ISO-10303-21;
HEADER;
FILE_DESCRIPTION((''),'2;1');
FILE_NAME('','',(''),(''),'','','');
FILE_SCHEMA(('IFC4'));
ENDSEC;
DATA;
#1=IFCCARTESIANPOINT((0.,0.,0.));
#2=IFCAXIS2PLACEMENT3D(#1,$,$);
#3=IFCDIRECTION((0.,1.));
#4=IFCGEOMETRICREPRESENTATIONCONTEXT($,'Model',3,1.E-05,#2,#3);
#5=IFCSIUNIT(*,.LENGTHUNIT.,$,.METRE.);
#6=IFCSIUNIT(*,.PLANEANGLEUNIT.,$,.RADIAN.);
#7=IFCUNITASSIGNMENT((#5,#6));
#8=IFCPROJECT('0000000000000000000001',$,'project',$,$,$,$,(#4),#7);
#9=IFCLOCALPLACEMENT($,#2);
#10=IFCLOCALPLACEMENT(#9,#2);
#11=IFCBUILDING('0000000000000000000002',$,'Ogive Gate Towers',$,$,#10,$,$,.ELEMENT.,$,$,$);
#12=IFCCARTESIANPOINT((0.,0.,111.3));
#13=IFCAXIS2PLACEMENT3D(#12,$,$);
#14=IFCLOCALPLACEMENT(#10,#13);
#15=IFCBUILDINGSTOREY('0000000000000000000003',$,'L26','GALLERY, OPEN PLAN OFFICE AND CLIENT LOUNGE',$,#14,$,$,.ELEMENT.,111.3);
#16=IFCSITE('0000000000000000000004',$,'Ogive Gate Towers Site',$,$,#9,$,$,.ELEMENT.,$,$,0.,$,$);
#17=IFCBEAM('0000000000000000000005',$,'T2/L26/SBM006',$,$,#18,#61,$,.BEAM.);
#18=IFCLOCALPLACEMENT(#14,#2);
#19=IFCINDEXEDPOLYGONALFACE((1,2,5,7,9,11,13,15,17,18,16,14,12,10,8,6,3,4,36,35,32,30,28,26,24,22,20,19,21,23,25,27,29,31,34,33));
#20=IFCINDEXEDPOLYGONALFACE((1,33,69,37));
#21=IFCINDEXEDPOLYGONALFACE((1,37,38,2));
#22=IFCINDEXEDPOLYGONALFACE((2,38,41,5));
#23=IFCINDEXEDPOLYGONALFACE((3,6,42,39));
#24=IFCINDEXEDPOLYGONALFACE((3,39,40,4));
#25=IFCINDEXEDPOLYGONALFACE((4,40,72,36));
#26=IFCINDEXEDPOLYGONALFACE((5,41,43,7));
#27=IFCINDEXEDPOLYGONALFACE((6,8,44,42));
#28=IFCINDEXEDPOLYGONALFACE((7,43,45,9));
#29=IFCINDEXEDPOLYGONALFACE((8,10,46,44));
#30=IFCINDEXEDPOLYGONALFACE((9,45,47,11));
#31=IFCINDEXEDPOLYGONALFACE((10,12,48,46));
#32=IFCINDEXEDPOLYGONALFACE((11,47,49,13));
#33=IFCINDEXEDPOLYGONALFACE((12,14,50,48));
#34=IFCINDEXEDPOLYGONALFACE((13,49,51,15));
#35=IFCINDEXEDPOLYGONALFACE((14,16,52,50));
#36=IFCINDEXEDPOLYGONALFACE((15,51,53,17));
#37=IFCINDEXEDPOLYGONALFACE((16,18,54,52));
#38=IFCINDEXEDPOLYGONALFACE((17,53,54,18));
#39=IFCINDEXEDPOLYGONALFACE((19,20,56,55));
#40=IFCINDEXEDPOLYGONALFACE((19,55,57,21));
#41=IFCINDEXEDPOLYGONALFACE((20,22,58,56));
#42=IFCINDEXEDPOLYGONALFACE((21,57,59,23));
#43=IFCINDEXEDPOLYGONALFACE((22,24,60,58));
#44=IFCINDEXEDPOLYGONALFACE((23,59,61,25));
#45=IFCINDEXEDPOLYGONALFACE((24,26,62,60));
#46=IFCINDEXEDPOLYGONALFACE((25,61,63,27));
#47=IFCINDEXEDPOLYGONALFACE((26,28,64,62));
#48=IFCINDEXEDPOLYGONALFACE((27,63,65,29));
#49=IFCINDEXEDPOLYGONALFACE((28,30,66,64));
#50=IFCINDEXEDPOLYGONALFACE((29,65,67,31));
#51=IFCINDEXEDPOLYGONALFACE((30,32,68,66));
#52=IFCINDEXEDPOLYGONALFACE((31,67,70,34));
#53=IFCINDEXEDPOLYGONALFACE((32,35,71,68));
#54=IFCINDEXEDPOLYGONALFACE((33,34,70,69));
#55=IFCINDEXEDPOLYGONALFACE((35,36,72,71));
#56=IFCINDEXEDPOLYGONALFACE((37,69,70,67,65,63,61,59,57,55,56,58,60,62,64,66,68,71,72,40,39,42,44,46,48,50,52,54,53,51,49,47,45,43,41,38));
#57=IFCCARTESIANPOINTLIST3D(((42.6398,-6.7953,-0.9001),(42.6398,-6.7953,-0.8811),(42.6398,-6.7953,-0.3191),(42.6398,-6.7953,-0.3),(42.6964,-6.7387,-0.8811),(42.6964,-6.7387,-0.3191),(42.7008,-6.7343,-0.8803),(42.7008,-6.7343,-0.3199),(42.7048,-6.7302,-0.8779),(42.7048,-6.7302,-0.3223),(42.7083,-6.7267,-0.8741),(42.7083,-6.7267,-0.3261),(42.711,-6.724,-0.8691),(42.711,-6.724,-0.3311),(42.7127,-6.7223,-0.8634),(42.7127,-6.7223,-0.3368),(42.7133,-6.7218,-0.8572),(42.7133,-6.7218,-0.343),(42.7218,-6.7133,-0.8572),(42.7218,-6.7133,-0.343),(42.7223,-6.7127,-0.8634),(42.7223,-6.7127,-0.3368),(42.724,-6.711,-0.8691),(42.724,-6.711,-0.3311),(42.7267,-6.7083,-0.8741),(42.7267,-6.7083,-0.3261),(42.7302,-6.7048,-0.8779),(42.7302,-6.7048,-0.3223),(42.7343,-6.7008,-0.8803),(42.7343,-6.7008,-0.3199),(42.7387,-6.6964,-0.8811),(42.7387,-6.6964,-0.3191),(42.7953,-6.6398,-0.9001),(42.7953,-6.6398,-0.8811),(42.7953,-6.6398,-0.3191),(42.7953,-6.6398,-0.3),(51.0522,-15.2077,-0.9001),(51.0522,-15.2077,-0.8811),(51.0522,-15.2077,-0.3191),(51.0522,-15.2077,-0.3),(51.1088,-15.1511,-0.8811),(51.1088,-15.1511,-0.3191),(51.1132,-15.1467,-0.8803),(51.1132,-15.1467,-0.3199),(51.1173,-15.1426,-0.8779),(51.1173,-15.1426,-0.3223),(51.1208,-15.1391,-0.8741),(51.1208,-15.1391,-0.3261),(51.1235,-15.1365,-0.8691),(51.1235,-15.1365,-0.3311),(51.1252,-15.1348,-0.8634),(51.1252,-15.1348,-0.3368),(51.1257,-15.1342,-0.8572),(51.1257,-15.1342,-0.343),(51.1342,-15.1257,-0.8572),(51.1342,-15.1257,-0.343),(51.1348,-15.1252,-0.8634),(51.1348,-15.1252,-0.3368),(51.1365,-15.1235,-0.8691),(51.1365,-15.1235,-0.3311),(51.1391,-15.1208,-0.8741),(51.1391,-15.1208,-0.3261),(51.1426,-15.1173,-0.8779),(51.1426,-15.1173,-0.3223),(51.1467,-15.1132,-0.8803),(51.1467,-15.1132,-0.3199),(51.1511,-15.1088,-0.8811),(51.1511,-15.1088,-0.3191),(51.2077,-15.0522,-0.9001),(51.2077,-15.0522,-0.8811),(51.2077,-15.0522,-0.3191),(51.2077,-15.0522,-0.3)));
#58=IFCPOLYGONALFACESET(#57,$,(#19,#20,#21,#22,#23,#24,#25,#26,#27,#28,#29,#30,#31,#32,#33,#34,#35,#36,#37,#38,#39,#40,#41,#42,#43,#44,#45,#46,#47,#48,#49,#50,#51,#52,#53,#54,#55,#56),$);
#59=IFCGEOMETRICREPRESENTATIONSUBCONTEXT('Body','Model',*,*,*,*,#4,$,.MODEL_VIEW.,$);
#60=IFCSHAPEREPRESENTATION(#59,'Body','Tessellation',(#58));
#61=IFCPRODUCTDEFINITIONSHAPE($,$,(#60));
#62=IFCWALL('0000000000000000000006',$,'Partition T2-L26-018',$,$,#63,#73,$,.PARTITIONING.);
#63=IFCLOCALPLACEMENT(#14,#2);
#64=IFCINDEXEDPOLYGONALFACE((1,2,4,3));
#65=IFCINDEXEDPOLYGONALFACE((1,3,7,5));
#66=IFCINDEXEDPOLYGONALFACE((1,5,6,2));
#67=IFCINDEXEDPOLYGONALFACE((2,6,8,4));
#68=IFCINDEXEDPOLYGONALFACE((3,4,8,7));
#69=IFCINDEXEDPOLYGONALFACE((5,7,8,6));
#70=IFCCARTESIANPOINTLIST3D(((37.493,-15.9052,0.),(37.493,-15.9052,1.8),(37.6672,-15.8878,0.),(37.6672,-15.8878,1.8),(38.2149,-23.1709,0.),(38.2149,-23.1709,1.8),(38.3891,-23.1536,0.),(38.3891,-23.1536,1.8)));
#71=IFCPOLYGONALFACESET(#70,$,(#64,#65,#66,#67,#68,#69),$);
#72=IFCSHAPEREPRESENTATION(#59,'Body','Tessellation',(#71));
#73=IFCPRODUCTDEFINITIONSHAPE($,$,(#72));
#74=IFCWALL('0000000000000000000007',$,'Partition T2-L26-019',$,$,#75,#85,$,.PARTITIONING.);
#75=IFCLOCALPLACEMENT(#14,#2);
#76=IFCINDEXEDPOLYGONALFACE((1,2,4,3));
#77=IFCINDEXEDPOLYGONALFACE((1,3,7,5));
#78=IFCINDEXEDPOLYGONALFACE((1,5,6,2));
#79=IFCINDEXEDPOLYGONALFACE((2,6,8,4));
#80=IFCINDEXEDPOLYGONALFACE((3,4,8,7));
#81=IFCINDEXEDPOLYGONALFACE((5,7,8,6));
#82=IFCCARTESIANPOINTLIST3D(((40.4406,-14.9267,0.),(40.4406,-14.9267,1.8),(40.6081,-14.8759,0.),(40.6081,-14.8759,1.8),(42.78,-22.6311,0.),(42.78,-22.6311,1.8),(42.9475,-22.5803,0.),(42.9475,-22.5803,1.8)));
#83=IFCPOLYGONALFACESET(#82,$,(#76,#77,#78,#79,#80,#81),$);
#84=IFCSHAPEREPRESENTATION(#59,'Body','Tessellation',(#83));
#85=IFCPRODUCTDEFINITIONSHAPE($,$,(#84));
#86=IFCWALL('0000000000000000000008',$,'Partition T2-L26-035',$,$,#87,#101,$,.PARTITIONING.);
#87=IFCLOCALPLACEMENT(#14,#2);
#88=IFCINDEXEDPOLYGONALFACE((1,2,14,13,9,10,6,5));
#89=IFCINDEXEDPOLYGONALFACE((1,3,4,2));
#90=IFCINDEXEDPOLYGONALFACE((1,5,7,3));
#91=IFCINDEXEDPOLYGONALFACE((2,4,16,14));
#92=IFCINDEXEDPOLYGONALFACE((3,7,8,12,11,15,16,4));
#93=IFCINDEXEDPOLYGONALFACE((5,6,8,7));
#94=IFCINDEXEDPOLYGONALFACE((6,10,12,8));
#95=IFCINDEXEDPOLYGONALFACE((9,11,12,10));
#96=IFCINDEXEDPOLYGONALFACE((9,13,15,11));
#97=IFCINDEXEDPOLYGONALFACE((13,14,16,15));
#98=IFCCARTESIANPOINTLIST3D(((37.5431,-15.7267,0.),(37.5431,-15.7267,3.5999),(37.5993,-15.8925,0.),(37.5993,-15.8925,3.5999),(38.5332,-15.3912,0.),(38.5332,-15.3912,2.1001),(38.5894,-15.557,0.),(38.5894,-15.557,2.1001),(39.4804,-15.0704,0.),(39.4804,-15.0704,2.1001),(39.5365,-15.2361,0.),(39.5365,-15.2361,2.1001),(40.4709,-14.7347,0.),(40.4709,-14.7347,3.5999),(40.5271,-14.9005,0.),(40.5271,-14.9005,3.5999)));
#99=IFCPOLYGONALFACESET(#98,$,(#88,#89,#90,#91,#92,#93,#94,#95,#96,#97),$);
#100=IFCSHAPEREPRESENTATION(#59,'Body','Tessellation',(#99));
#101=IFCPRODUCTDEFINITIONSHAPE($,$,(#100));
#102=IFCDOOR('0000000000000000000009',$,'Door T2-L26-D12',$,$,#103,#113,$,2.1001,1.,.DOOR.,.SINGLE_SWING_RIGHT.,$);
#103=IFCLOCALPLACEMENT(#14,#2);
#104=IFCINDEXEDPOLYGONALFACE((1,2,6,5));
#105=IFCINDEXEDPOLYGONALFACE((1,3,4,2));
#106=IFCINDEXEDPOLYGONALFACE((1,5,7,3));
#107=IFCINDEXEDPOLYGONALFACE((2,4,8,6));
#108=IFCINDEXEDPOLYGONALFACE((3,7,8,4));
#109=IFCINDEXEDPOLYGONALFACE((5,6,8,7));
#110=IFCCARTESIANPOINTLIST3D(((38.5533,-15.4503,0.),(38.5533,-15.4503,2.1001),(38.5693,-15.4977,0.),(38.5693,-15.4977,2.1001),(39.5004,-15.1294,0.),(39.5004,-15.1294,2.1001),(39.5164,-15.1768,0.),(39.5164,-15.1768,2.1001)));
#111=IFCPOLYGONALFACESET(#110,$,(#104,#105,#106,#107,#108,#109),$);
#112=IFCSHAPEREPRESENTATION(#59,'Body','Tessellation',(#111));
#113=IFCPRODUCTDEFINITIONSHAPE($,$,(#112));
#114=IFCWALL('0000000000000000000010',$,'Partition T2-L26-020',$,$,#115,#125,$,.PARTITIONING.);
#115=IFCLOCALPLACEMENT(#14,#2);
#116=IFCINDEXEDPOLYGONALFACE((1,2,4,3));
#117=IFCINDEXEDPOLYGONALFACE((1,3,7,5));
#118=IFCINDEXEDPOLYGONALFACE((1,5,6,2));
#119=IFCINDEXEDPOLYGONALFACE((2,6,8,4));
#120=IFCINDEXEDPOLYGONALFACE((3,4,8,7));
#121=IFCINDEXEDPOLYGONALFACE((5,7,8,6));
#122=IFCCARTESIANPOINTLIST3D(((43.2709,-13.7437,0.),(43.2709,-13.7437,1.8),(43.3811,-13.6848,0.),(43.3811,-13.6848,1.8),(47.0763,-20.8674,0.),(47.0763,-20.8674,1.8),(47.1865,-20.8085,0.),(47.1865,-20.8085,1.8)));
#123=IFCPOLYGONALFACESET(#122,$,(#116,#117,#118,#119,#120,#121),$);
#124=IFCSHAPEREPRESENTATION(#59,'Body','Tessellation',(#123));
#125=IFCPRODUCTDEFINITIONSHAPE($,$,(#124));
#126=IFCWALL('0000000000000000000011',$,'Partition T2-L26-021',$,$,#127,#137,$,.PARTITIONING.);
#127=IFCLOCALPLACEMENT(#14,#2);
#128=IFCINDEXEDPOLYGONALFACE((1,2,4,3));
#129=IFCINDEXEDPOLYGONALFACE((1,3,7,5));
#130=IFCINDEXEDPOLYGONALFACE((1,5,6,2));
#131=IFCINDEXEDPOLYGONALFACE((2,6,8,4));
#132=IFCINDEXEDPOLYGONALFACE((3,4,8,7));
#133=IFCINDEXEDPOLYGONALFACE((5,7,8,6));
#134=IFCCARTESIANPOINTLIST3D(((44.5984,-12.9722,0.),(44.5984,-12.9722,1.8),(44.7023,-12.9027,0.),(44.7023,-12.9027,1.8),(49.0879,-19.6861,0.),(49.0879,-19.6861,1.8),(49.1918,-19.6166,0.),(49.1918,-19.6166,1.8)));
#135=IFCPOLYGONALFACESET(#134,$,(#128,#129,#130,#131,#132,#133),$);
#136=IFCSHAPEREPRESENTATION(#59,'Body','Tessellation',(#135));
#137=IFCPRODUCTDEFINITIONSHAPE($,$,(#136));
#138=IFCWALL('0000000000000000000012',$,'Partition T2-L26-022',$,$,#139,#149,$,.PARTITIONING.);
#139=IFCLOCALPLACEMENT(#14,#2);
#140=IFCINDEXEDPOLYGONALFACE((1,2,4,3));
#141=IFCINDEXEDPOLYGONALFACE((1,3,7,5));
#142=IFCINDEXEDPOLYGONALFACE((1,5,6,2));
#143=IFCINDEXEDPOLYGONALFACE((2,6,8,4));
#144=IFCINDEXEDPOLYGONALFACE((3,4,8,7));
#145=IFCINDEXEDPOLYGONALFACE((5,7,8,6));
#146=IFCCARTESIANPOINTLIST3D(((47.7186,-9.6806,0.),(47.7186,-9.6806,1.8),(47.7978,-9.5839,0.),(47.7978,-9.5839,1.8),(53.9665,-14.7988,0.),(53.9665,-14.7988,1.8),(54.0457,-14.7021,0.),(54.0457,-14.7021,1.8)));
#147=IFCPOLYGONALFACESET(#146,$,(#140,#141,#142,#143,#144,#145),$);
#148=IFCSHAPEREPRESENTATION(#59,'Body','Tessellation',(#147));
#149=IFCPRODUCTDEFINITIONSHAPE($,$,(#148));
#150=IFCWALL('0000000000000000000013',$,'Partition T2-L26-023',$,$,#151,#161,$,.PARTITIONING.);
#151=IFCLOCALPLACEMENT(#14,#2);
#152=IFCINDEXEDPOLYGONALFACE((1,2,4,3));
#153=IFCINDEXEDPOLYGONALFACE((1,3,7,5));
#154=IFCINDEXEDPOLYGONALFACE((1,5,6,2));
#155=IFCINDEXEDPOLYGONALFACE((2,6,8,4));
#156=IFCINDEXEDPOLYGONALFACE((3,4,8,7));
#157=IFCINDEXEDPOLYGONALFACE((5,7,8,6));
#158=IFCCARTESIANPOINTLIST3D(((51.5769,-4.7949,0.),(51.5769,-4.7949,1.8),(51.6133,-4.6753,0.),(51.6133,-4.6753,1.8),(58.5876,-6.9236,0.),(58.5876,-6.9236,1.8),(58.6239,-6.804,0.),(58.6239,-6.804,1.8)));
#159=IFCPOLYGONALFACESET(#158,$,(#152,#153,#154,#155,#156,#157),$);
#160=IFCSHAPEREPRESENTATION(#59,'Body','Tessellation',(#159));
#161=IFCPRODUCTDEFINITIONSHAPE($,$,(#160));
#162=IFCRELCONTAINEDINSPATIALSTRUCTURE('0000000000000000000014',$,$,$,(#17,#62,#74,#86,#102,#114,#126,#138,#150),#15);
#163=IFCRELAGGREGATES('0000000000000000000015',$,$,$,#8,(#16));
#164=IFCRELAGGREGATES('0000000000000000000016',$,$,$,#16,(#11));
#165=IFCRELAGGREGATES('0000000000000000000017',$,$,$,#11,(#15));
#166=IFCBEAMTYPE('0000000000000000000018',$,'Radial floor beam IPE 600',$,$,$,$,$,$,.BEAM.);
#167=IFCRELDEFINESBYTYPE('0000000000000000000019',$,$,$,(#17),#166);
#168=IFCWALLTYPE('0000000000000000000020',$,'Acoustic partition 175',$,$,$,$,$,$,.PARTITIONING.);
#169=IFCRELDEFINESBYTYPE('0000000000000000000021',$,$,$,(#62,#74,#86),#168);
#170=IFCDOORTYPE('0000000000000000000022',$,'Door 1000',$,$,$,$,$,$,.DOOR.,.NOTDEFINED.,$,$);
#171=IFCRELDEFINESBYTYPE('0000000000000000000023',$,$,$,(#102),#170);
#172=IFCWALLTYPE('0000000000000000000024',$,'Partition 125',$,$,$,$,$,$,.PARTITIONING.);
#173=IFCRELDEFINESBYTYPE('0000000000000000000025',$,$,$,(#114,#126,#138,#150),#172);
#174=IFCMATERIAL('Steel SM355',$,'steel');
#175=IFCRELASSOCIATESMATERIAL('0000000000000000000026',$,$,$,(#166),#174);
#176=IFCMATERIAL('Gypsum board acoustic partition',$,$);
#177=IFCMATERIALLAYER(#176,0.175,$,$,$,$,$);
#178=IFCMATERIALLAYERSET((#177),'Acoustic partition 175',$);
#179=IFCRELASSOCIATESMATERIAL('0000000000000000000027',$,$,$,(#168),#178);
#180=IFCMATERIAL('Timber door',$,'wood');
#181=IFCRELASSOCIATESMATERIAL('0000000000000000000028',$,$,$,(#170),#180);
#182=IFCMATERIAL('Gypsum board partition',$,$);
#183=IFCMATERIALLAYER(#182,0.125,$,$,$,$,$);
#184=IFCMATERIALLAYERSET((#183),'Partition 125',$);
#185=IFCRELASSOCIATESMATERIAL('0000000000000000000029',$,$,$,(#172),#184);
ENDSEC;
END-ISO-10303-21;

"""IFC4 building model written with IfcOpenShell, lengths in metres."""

from ifc_helpers import new_model, si_unit, direction, frame, frame_2d, origin, origin_2d, place, context, subcontext, project, spatial, rectangle, i_section, extrude, material, layer, layer_set, material_profile, profile_set, type_object, element, fill, save


model = new_model("IFC4")

# Units and contexts
model_context = context("Model", 3, precision=1e-05, world=origin(), true_north=direction((0.0, 1.0)))
body_context = subcontext(model_context, "Body", "Model", "MODEL_VIEW")
ifc_project = project(units=[si_unit("LENGTHUNIT", "METRE"), si_unit("PLANEANGLEUNIT", "RADIAN")], contexts=[model_context])

# Site, building, storey
site_placement = place(None, origin())
site = spatial("IfcSite", under=ifc_project, at=site_placement, Name="Ogive Gate Towers Site", CompositionType="ELEMENT", RefElevation=0.0)
building_placement = place(site_placement, origin())
building = spatial("IfcBuilding", under=site, at=building_placement, Name="Ogive Gate Towers", CompositionType="ELEMENT")
storey_placement = place(building_placement, frame((0.0, 0.0, 111.3)))
storey = spatial("IfcBuildingStorey", under=building, at=storey_placement, Name="L26", Description="GALLERY, OPEN PLAN OFFICE AND CLIENT LOUNGE", CompositionType="ELEMENT", Elevation=111.3)

# Beam
ifc_material_1 = material(Name="Steel SM355", Category="steel")
ifc_material_profile_1 = material_profile(ifc_material_1, i_section(OverallWidth=0.22, OverallDepth=0.6001, WebThickness=0.012, FlangeThickness=0.019, FilletRadius=0.0239, at=origin_2d()), Name="IPE 600")
ifc_profile_set_1 = profile_set([ifc_material_profile_1], Name="Steel SM355")
beam_type_1 = type_object("IfcBeamType", Name="Radial floor beam IPE 600", PredefinedType="BEAM", material=ifc_profile_set_1)
beam_1_placement = place(storey_placement, frame((42.7175, -6.7175, -0.6001), z_axis=(0.707107, -0.707107, 0.0), x_axis=(0.707107, 0.707107, 0.0)))
element("IfcBeam", 1, at=beam_1_placement, inside=storey, type_object=beam_type_1, Name="T2/L26/SBM006", PredefinedType="BEAM", context=body_context, shape_type="SweptSolid", body=[
    extrude(i_section(OverallWidth=0.22, OverallDepth=0.6001, WebThickness=0.012, FlangeThickness=0.019, FilletRadius=0.0239, at=origin_2d()), origin(), (0.0, 0.0, 1.0), 11.897),
])

# Walls
ifc_material_2 = material(Name="Gypsum board acoustic partition")
ifc_layer_1 = layer(ifc_material_2, 0.175)
ifc_layer_set_1 = layer_set([ifc_layer_1], Name="Acoustic partition 175")
wall_type_1 = type_object("IfcWallType", Name="Acoustic partition 175", PredefinedType="PARTITIONING", material=ifc_layer_set_1)
wall_1_placement = place(storey_placement, frame((38.302, -23.1624, 0.0), z_axis=(0.0, 0.0, 1.0), x_axis=(-0.098875, 0.9951, 0.0)))
element("IfcWall", 2, at=wall_1_placement, inside=storey, type_object=wall_type_1, Name="Partition T2-L26-018", PredefinedType="PARTITIONING", context=body_context, shape_type="SweptSolid", body=[
    extrude(rectangle(XDim=7.3015, YDim=0.175, at=frame_2d((3.6509, 0.0))), origin(), (0.0, 0.0, 1.0), 1.8),
])
wall_2_placement = place(storey_placement, frame((42.8638, -22.6057, 0.0), z_axis=(0.0, 0.0, 1.0), x_axis=(-0.290543, 0.956862, 0.0)))
element("IfcWall", 3, at=wall_2_placement, inside=storey, type_object=wall_type_1, Name="Partition T2-L26-019", PredefinedType="PARTITIONING", context=body_context, shape_type="SweptSolid", body=[
    extrude(rectangle(XDim=8.0518, YDim=0.175, at=frame_2d((4.0259, 0.0))), origin(), (0.0, 0.0, 1.0), 1.8),
])

# Wall, opening, door
wall_3_placement = place(storey_placement, frame((40.499, -14.8176, 0.0), z_axis=(0.0, 0.0, 1.0), x_axis=(-0.947116, -0.320892, 0.0)))
wall_3 = element("IfcWall", 4, at=wall_3_placement, inside=storey, type_object=wall_type_1, Name="Partition T2-L26-035", PredefinedType="PARTITIONING", context=body_context, shape_type="SweptSolid", body=[
    extrude(rectangle(XDim=3.0913, YDim=0.175, at=frame_2d((1.5457, 0.0))), origin(), (0.0, 0.0, 1.0), 3.5999),
])
opening_1_placement = place(wall_3_placement, frame((1.0459, 0.0, 0.0)))
opening_1 = element("IfcOpeningElement", 5, at=opening_1_placement, cuts=wall_3, PredefinedType="OPENING", context=body_context, shape_type="SweptSolid", body=[
    extrude(rectangle(XDim=1.0, YDim=2.1001, at=frame_2d((0.5, 1.05))), frame((0.0, 0.0977, 0.0), z_axis=(0.0, -1.0, 0.0), x_axis=(1.0, 0.0, 0.0)), (0.0, 0.0, 1.0), 0.1951),
])
ifc_material_3 = material(Name="Timber door", Category="wood")
door_type_1 = type_object("IfcDoorType", Name="Door 1000", OperationType="NOTDEFINED", PredefinedType="DOOR", material=ifc_material_3)
door_1_placement = place(opening_1_placement, origin())
door_1 = element("IfcDoor", 6, at=door_1_placement, inside=storey, type_object=door_type_1, Name="Door T2-L26-D12", OperationType="SINGLE_SWING_RIGHT", OverallHeight=2.1001, OverallWidth=1.0, PredefinedType="DOOR", context=body_context, shape_type="SweptSolid", body=[
    extrude(rectangle(XDim=1.0, YDim=2.1001, at=frame_2d((0.5, 1.05))), frame((0.0, 0.0249, 0.0), z_axis=(0.0, -1.0, 0.0), x_axis=(1.0, 0.0, 0.0)), (0.0, 0.0, 1.0), 0.05),
])
fill(opening_1, door_1)

# Walls
ifc_material_4 = material(Name="Gypsum board partition")
ifc_layer_2 = layer(ifc_material_4, 0.125)
ifc_layer_set_2 = layer_set([ifc_layer_2], Name="Partition 125")
wall_type_2 = type_object("IfcWallType", Name="Partition 125", PredefinedType="PARTITIONING", material=ifc_layer_set_2)
wall_4_placement = place(storey_placement, frame((47.1313, -20.8379, 0.0), z_axis=(0.0, 0.0, 1.0), x_axis=(-0.471173, 0.882041, 0.0)))
element("IfcWall", 7, at=wall_4_placement, inside=storey, type_object=wall_type_2, Name="Partition T2-L26-020", PredefinedType="PARTITIONING", context=body_context, shape_type="SweptSolid", body=[
    extrude(rectangle(XDim=8.0764, YDim=0.125, at=frame_2d((4.0381, 0.0))), origin(), (0.0, 0.0, 1.0), 1.8),
])
for number, where, z_axis, x_axis, name in (
    (8, (49.1399, -19.6514, 0.0), (0.0, 0.0, 1.0), (-0.555865, 0.831273, 0.0), "Partition T2-L26-021"),
    (9, (54.0061, -14.7505, 0.0), (0.0, 0.0, 1.0), (-0.773573, 0.633707, 0.0), "Partition T2-L26-022"),
):
    element("IfcWall", number, at=place(storey_placement, frame(where, z_axis=z_axis, x_axis=x_axis)), inside=storey, type_object=wall_type_2, Name=name, PredefinedType="PARTITIONING", context=body_context, shape_type="SweptSolid", body=[
        extrude(rectangle(XDim=8.0767, YDim=0.125, at=frame_2d((4.0383, 0.0))), origin(), (0.0, 0.0, 1.0), 1.8),
    ])
wall_5_placement = place(storey_placement, frame((58.6057, -6.8638, 0.0), z_axis=(0.0, 0.0, 1.0), x_axis=(-0.956863, 0.290541, 0.0)))
element("IfcWall", 10, at=wall_5_placement, inside=storey, type_object=wall_type_2, Name="Partition T2-L26-023", PredefinedType="PARTITIONING", context=body_context, shape_type="SweptSolid", body=[
    extrude(rectangle(XDim=7.3267, YDim=0.125, at=frame_2d((3.6633, 0.0))), origin(), (0.0, 0.0, 1.0), 1.8),
])

save(model, "model.ifc")
